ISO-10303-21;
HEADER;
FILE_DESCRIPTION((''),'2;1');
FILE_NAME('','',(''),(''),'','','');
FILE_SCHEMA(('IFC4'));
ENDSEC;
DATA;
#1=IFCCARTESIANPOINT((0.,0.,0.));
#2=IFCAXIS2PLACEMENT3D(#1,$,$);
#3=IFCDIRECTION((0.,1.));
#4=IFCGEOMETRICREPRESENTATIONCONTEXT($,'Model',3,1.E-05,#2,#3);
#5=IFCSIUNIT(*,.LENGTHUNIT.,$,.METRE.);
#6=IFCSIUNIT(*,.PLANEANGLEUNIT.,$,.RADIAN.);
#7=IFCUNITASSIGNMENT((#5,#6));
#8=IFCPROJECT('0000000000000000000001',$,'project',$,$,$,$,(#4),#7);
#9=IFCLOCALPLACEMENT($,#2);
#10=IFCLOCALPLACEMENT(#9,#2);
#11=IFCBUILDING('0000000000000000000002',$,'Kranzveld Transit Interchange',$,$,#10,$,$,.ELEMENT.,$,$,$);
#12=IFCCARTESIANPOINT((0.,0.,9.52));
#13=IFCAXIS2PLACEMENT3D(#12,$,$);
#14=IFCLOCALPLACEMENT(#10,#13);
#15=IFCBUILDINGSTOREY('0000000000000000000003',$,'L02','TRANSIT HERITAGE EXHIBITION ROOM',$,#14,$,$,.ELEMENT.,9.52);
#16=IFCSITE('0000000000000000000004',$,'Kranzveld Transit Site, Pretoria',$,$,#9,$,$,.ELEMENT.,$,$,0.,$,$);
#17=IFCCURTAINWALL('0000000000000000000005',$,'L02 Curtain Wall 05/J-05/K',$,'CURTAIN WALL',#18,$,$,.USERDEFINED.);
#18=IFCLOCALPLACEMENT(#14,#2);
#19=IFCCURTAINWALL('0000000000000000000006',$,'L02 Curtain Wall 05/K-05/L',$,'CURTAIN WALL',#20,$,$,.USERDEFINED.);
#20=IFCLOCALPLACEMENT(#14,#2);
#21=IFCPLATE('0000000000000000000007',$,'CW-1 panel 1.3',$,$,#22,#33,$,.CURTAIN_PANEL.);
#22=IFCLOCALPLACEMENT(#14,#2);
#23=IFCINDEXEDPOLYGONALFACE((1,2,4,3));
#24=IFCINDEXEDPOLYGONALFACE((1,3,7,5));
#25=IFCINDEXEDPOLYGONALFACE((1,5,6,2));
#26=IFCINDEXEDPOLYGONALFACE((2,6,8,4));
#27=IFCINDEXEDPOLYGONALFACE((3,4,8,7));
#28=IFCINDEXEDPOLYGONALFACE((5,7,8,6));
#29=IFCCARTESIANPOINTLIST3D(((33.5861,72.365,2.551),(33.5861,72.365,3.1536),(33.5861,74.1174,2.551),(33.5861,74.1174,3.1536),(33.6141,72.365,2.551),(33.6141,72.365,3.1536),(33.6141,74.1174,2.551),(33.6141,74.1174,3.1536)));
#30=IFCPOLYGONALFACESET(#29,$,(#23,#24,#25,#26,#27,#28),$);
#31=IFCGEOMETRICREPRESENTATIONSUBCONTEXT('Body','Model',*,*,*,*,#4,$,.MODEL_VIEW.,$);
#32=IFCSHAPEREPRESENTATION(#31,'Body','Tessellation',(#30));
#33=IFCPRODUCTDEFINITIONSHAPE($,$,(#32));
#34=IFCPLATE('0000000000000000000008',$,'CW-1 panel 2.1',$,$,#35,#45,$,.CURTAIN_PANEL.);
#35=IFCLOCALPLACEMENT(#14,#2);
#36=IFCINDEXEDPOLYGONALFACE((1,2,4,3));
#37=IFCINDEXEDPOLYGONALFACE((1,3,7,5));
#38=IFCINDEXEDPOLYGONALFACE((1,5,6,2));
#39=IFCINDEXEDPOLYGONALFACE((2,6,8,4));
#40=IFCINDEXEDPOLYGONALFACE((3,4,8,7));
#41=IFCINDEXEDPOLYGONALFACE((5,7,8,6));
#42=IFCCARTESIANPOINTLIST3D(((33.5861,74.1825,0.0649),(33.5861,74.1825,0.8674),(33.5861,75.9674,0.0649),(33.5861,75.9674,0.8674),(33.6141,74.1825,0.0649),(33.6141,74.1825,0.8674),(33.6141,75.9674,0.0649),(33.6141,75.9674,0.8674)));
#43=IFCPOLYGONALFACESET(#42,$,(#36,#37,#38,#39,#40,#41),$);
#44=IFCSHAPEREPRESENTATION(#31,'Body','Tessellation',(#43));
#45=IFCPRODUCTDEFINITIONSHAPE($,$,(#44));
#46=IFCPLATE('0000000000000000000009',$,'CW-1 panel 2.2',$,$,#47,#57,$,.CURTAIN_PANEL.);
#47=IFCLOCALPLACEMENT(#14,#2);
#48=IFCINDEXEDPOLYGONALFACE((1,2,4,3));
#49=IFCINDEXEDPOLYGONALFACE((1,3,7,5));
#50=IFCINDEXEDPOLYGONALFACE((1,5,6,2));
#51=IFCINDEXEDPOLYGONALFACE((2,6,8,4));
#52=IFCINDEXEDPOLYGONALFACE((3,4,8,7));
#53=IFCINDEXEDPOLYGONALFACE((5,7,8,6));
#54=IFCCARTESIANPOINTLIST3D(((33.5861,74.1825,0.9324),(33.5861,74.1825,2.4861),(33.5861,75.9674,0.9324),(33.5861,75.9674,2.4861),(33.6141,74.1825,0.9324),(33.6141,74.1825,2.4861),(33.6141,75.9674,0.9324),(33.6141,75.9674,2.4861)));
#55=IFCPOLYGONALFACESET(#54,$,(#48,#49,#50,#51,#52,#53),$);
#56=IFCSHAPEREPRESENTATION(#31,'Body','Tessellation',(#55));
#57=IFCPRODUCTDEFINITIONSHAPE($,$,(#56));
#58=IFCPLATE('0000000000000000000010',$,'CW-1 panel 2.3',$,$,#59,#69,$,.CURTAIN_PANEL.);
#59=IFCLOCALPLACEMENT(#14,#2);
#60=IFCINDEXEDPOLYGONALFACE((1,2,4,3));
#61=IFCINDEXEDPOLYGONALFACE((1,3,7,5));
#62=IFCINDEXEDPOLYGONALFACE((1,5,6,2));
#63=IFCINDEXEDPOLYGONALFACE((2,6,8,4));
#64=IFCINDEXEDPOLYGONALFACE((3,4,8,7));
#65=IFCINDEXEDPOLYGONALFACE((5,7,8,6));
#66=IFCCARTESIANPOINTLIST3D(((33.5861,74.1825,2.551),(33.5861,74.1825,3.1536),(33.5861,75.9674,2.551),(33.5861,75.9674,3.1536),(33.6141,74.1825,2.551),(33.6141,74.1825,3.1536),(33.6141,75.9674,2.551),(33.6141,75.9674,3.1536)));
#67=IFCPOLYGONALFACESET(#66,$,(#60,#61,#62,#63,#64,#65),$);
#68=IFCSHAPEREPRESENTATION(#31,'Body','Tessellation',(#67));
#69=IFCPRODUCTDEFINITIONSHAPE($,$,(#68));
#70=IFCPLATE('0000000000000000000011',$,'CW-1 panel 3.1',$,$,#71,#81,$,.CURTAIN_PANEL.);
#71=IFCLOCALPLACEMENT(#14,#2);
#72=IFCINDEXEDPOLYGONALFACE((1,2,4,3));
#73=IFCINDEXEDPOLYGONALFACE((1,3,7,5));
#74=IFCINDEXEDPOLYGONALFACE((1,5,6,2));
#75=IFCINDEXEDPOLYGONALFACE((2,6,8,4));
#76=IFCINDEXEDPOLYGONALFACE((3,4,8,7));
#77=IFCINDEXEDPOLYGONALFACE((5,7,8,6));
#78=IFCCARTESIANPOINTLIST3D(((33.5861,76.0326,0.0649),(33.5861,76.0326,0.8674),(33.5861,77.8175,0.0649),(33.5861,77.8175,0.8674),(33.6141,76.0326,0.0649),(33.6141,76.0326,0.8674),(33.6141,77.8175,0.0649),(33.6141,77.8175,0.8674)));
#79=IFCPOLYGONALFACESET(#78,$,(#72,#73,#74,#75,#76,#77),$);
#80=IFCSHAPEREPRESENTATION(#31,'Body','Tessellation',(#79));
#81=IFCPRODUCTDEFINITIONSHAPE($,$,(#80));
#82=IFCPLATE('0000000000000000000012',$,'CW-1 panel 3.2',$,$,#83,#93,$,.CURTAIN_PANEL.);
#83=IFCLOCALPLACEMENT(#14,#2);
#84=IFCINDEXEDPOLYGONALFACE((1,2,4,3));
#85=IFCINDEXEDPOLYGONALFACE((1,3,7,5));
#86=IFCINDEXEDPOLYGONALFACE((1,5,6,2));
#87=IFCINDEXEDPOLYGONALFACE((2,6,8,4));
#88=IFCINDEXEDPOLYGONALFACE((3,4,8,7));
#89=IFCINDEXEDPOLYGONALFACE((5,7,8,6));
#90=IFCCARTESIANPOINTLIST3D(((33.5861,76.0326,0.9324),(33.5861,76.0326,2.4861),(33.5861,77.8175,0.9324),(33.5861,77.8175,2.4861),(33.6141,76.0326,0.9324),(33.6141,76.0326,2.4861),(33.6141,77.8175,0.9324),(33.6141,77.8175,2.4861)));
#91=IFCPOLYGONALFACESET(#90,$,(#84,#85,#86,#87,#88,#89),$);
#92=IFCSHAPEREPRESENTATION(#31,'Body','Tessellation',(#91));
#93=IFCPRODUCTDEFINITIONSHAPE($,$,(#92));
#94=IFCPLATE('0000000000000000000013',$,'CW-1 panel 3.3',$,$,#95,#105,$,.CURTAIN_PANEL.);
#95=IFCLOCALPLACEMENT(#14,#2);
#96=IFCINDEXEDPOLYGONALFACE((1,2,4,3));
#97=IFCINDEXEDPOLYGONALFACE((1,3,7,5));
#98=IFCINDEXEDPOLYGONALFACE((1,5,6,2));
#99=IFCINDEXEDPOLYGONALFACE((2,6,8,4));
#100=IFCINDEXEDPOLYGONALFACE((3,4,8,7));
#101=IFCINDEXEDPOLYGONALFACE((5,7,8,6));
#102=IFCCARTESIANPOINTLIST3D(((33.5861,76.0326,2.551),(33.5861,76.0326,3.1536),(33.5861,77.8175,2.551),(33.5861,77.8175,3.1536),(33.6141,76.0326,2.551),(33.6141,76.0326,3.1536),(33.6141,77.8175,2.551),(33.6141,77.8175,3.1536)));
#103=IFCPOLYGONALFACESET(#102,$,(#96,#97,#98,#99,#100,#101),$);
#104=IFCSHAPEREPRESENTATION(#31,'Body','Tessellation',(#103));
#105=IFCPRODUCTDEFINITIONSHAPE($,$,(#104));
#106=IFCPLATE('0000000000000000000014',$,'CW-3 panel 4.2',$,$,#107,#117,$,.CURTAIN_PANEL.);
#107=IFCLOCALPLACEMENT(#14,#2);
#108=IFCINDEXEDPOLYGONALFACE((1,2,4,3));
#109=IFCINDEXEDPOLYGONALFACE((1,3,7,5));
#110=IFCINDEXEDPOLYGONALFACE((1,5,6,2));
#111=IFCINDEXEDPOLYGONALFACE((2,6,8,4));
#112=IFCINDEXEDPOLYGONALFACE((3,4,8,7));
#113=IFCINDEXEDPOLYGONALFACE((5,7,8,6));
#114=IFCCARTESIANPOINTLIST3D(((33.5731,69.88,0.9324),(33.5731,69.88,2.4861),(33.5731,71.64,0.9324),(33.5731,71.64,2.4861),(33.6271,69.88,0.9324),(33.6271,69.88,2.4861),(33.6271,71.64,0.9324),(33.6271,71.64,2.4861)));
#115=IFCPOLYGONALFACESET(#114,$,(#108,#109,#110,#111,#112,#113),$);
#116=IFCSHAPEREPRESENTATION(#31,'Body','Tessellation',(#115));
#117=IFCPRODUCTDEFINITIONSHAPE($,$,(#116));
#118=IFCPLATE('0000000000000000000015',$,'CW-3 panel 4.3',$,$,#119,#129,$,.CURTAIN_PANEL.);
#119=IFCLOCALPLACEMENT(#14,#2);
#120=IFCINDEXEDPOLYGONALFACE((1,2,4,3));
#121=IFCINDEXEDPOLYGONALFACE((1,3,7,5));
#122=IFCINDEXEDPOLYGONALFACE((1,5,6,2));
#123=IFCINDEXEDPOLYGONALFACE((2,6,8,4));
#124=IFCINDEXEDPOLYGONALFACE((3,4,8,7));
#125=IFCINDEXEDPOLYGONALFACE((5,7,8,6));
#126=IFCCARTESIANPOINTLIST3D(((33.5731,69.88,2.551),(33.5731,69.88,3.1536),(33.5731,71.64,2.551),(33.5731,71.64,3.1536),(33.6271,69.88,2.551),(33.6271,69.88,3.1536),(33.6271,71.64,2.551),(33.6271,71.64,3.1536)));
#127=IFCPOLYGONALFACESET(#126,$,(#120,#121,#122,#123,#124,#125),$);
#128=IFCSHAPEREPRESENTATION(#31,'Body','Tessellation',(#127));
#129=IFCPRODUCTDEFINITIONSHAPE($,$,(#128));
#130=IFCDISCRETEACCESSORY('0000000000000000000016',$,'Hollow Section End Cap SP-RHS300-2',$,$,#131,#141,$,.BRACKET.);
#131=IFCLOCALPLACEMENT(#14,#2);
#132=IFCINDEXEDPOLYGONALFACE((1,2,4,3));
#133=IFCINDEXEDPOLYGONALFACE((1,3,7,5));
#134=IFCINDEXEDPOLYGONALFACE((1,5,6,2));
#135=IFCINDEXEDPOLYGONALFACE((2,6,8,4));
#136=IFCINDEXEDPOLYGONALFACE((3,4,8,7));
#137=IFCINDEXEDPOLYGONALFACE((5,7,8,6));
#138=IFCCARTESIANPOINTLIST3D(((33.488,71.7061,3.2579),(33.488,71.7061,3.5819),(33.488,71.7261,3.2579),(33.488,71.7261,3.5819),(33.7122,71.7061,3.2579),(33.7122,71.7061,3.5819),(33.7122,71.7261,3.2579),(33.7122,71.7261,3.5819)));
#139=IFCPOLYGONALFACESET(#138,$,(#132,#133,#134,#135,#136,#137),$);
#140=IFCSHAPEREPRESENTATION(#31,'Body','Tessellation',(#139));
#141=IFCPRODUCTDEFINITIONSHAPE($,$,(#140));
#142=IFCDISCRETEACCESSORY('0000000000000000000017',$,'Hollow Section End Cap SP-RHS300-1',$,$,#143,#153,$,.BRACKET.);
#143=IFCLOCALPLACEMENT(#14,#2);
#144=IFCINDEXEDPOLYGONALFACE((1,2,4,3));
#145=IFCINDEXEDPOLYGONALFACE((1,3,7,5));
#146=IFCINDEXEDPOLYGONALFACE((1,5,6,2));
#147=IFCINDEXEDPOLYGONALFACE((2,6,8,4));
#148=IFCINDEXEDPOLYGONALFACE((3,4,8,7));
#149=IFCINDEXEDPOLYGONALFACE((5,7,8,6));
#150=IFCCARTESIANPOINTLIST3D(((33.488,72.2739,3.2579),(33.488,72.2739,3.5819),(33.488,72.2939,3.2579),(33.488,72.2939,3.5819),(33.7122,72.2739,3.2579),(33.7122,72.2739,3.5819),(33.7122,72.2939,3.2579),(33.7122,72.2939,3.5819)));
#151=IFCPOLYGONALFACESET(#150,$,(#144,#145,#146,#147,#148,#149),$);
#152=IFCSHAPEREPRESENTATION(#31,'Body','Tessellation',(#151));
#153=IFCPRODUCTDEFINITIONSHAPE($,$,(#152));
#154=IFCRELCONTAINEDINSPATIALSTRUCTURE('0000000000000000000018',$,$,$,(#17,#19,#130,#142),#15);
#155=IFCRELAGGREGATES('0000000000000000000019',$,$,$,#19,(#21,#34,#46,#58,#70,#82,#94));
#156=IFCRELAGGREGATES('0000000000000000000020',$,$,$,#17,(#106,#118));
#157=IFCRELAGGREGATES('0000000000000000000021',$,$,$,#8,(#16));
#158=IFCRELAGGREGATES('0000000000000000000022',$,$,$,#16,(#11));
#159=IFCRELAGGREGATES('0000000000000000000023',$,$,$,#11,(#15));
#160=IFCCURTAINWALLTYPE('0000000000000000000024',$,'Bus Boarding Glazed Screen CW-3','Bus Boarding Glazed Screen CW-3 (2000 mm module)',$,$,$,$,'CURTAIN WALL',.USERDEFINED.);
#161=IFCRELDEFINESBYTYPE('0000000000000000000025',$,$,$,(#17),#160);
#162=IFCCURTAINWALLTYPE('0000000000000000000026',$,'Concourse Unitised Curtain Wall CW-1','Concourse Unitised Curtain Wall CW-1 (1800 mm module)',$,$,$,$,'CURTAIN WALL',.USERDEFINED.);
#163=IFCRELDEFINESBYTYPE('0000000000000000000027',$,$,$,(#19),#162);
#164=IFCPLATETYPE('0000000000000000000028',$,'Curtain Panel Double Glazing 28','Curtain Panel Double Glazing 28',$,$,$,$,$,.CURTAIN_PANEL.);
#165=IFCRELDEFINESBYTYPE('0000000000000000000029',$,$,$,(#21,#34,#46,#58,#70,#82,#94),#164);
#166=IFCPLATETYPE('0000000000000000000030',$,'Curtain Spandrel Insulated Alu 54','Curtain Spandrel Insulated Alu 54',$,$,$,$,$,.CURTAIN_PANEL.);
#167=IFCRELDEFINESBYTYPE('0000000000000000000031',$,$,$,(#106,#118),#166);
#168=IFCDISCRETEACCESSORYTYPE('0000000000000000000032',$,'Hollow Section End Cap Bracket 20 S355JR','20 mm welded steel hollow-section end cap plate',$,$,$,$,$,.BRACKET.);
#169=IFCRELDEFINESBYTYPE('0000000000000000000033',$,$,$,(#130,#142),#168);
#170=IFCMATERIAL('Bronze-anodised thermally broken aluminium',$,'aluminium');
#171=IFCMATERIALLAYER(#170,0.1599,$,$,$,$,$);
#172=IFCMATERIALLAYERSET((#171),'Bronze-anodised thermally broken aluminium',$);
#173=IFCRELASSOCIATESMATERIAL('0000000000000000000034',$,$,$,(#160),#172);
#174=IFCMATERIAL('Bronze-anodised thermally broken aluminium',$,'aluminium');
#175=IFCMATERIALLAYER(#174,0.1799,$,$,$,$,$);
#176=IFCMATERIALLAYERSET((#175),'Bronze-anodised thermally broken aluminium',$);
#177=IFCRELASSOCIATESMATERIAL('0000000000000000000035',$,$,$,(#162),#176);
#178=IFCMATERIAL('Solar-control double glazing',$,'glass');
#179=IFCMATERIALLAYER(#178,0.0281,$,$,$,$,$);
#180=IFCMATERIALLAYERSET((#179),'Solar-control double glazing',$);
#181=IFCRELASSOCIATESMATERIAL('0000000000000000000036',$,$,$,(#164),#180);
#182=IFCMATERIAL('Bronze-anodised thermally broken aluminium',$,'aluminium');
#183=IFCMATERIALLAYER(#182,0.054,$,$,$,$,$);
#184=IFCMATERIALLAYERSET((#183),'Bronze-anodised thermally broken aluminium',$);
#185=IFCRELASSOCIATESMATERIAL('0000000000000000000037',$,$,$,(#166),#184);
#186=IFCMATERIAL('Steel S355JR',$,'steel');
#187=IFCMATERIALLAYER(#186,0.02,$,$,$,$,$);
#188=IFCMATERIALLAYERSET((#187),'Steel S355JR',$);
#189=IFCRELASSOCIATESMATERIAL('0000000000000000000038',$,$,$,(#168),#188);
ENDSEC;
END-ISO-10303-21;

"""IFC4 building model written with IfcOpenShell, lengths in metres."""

from ifc_helpers import new_model, si_unit, direction, frame, origin, origin_2d, place, context, subcontext, project, spatial, rectangle, extrude, material, layer, layer_set, type_object, element, aggregate, save


model = new_model("IFC4")

# Units and contexts
model_context = context("Model", 3, precision=1e-05, world=origin(), true_north=direction((0.0, 1.0)))
body_context = subcontext(model_context, "Body", "Model", "MODEL_VIEW")
ifc_project = project(units=[si_unit("LENGTHUNIT", "METRE"), si_unit("PLANEANGLEUNIT", "RADIAN")], contexts=[model_context])

# Site, building, storey
site_placement = place(None, origin())
site = spatial("IfcSite", under=ifc_project, at=site_placement, Name="Kranzveld Transit Site, Pretoria", CompositionType="ELEMENT", RefElevation=0.0)
building_placement = place(site_placement, origin())
building = spatial("IfcBuilding", under=site, at=building_placement, Name="Kranzveld Transit Interchange", CompositionType="ELEMENT")
storey_placement = place(building_placement, frame((0.0, 0.0, 9.52)))
storey = spatial("IfcBuildingStorey", under=building, at=storey_placement, Name="L02", Description="TRANSIT HERITAGE EXHIBITION ROOM", CompositionType="ELEMENT", Elevation=9.52)

# Curtain wall
ifc_material_1 = material(Name="Bronze-anodised thermally broken aluminium", Category="aluminium")
ifc_layer_1 = layer(ifc_material_1, 0.1599)
ifc_layer_set_1 = layer_set([ifc_layer_1], Name="Bronze-anodised thermally broken aluminium")
curtain_wall_type_1 = type_object("IfcCurtainWallType", Name="Bus Boarding Glazed Screen CW-3", Description="Bus Boarding Glazed Screen CW-3 (2000 mm module)", ElementType="CURTAIN WALL", PredefinedType="USERDEFINED", material=ifc_layer_set_1)
curtain_wall_1_placement = place(storey_placement, origin())
curtain_wall_1 = element("IfcCurtainWall", 1, at=curtain_wall_1_placement, inside=storey, type_object=curtain_wall_type_1, Name="L02 Curtain Wall 05/J-05/K", ObjectType="CURTAIN WALL", PredefinedType="USERDEFINED")

# Curtain wall
ifc_material_2 = material(Name="Bronze-anodised thermally broken aluminium", Category="aluminium")
ifc_layer_2 = layer(ifc_material_2, 0.1799)
ifc_layer_set_2 = layer_set([ifc_layer_2], Name="Bronze-anodised thermally broken aluminium")
curtain_wall_type_2 = type_object("IfcCurtainWallType", Name="Concourse Unitised Curtain Wall CW-1", Description="Concourse Unitised Curtain Wall CW-1 (1800 mm module)", ElementType="CURTAIN WALL", PredefinedType="USERDEFINED", material=ifc_layer_set_2)
curtain_wall_2_placement = place(storey_placement, origin())
curtain_wall_2 = element("IfcCurtainWall", 2, at=curtain_wall_2_placement, inside=storey, type_object=curtain_wall_type_2, Name="L02 Curtain Wall 05/K-05/L", ObjectType="CURTAIN WALL", PredefinedType="USERDEFINED")

# Plates
ifc_material_3 = material(Name="Solar-control double glazing", Category="glass")
ifc_layer_3 = layer(ifc_material_3, 0.0281)
ifc_layer_set_3 = layer_set([ifc_layer_3], Name="Solar-control double glazing")
plate_type_1 = type_object("IfcPlateType", Name="Curtain Panel Double Glazing 28", Description="Curtain Panel Double Glazing 28", PredefinedType="CURTAIN_PANEL", material=ifc_layer_set_3)
plate_1_placement = place(storey_placement, frame((33.6001, 73.2412, 2.551), z_axis=(0.0, 0.0, 1.0), x_axis=(0.0, 1.0, 0.0)))
plate_1 = element("IfcPlate", 3, at=plate_1_placement, type_object=plate_type_1, Name="CW-1 panel 1.3", PredefinedType="CURTAIN_PANEL", context=body_context, shape_type="SweptSolid", body=[
    extrude(rectangle(XDim=1.7524, YDim=0.0281, at=origin_2d()), origin(), (0.0, 0.0, 1.0), 0.6025),
])
plate_2_placement = place(storey_placement, frame((33.6001, 75.075, 0.0649), z_axis=(0.0, 0.0, 1.0), x_axis=(0.0, 1.0, 0.0)))
plate_2 = element("IfcPlate", 4, at=plate_2_placement, type_object=plate_type_1, Name="CW-1 panel 2.1", PredefinedType="CURTAIN_PANEL", context=body_context, shape_type="SweptSolid", body=[
    extrude(rectangle(XDim=1.7849, YDim=0.0281, at=origin_2d()), origin(), (0.0, 0.0, 1.0), 0.8025),
])
plate_3_placement = place(storey_placement, frame((33.6001, 75.075, 0.9324), z_axis=(0.0, 0.0, 1.0), x_axis=(0.0, 1.0, 0.0)))
plate_3 = element("IfcPlate", 5, at=plate_3_placement, type_object=plate_type_1, Name="CW-1 panel 2.2", PredefinedType="CURTAIN_PANEL", context=body_context, shape_type="SweptSolid", body=[
    extrude(rectangle(XDim=1.7849, YDim=0.0281, at=origin_2d()), origin(), (0.0, 0.0, 1.0), 1.5537),
])
plate_4_placement = place(storey_placement, frame((33.6001, 75.075, 2.551), z_axis=(0.0, 0.0, 1.0), x_axis=(0.0, 1.0, 0.0)))
plate_4 = element("IfcPlate", 6, at=plate_4_placement, type_object=plate_type_1, Name="CW-1 panel 2.3", PredefinedType="CURTAIN_PANEL", context=body_context, shape_type="SweptSolid", body=[
    extrude(rectangle(XDim=1.7849, YDim=0.0281, at=origin_2d()), origin(), (0.0, 0.0, 1.0), 0.6025),
])
plate_5_placement = place(storey_placement, frame((33.6001, 76.925, 0.0649), z_axis=(0.0, 0.0, 1.0), x_axis=(0.0, 1.0, 0.0)))
plate_5 = element("IfcPlate", 7, at=plate_5_placement, type_object=plate_type_1, Name="CW-1 panel 3.1", PredefinedType="CURTAIN_PANEL", context=body_context, shape_type="SweptSolid", body=[
    extrude(rectangle(XDim=1.7849, YDim=0.0281, at=origin_2d()), origin(), (0.0, 0.0, 1.0), 0.8025),
])
plate_6_placement = place(storey_placement, frame((33.6001, 76.925, 0.9324), z_axis=(0.0, 0.0, 1.0), x_axis=(0.0, 1.0, 0.0)))
plate_6 = element("IfcPlate", 8, at=plate_6_placement, type_object=plate_type_1, Name="CW-1 panel 3.2", PredefinedType="CURTAIN_PANEL", context=body_context, shape_type="SweptSolid", body=[
    extrude(rectangle(XDim=1.7849, YDim=0.0281, at=origin_2d()), origin(), (0.0, 0.0, 1.0), 1.5537),
])
plate_7_placement = place(storey_placement, frame((33.6001, 76.925, 2.551), z_axis=(0.0, 0.0, 1.0), x_axis=(0.0, 1.0, 0.0)))
plate_7 = element("IfcPlate", 9, at=plate_7_placement, type_object=plate_type_1, Name="CW-1 panel 3.3", PredefinedType="CURTAIN_PANEL", context=body_context, shape_type="SweptSolid", body=[
    extrude(rectangle(XDim=1.7849, YDim=0.0281, at=origin_2d()), origin(), (0.0, 0.0, 1.0), 0.6025),
])
aggregate(curtain_wall_2, [plate_1, plate_2, plate_3, plate_4, plate_5, plate_6, plate_7])
ifc_material_4 = material(Name="Bronze-anodised thermally broken aluminium", Category="aluminium")
ifc_layer_4 = layer(ifc_material_4, 0.054)
ifc_layer_set_4 = layer_set([ifc_layer_4], Name="Bronze-anodised thermally broken aluminium")
plate_type_2 = type_object("IfcPlateType", Name="Curtain Spandrel Insulated Alu 54", Description="Curtain Spandrel Insulated Alu 54", PredefinedType="CURTAIN_PANEL", material=ifc_layer_set_4)
plate_8_placement = place(storey_placement, frame((33.6001, 70.76, 0.9324), z_axis=(0.0, 0.0, 1.0), x_axis=(0.0, 1.0, 0.0)))
plate_8 = element("IfcPlate", 10, at=plate_8_placement, type_object=plate_type_2, Name="CW-3 panel 4.2", PredefinedType="CURTAIN_PANEL", context=body_context, shape_type="SweptSolid", body=[
    extrude(rectangle(XDim=1.76, YDim=0.054, at=origin_2d()), origin(), (0.0, 0.0, 1.0), 1.5537),
])
plate_9_placement = place(storey_placement, frame((33.6001, 70.76, 2.551), z_axis=(0.0, 0.0, 1.0), x_axis=(0.0, 1.0, 0.0)))
plate_9 = element("IfcPlate", 11, at=plate_9_placement, type_object=plate_type_2, Name="CW-3 panel 4.3", PredefinedType="CURTAIN_PANEL", context=body_context, shape_type="SweptSolid", body=[
    extrude(rectangle(XDim=1.76, YDim=0.054, at=origin_2d()), origin(), (0.0, 0.0, 1.0), 0.6025),
])
aggregate(curtain_wall_1, [plate_8, plate_9])

# Discrete accessories
ifc_material_5 = material(Name="Steel S355JR", Category="steel")
ifc_layer_5 = layer(ifc_material_5, 0.02)
ifc_layer_set_5 = layer_set([ifc_layer_5], Name="Steel S355JR")
discrete_accessory_type = type_object("IfcDiscreteAccessoryType", Name="Hollow Section End Cap Bracket 20 S355JR", Description="20 mm welded steel hollow-section end cap plate", PredefinedType="BRACKET", material=ifc_layer_set_5)
for number, where, z_axis, x_axis, name in (
    (12, (33.6001, 71.7061, 3.4199), (0.0, 1.0, 0.0), (-1.0, 0.0, 0.0), "Hollow Section End Cap SP-RHS300-2"),
    (13, (33.6001, 72.2939, 3.4199), (0.0, -1.0, 0.0), (1.0, 0.0, 0.0), "Hollow Section End Cap SP-RHS300-1"),
):
    element("IfcDiscreteAccessory", number, at=place(storey_placement, frame(where, z_axis=z_axis, x_axis=x_axis)), inside=storey, type_object=discrete_accessory_type, Name=name, PredefinedType="BRACKET", context=body_context, shape_type="SweptSolid", body=[
        extrude(rectangle(XDim=0.2241, YDim=0.324, at=origin_2d()), origin(), (0.0, 0.0, 1.0), 0.02),
    ])

save(model, "model.ifc")
